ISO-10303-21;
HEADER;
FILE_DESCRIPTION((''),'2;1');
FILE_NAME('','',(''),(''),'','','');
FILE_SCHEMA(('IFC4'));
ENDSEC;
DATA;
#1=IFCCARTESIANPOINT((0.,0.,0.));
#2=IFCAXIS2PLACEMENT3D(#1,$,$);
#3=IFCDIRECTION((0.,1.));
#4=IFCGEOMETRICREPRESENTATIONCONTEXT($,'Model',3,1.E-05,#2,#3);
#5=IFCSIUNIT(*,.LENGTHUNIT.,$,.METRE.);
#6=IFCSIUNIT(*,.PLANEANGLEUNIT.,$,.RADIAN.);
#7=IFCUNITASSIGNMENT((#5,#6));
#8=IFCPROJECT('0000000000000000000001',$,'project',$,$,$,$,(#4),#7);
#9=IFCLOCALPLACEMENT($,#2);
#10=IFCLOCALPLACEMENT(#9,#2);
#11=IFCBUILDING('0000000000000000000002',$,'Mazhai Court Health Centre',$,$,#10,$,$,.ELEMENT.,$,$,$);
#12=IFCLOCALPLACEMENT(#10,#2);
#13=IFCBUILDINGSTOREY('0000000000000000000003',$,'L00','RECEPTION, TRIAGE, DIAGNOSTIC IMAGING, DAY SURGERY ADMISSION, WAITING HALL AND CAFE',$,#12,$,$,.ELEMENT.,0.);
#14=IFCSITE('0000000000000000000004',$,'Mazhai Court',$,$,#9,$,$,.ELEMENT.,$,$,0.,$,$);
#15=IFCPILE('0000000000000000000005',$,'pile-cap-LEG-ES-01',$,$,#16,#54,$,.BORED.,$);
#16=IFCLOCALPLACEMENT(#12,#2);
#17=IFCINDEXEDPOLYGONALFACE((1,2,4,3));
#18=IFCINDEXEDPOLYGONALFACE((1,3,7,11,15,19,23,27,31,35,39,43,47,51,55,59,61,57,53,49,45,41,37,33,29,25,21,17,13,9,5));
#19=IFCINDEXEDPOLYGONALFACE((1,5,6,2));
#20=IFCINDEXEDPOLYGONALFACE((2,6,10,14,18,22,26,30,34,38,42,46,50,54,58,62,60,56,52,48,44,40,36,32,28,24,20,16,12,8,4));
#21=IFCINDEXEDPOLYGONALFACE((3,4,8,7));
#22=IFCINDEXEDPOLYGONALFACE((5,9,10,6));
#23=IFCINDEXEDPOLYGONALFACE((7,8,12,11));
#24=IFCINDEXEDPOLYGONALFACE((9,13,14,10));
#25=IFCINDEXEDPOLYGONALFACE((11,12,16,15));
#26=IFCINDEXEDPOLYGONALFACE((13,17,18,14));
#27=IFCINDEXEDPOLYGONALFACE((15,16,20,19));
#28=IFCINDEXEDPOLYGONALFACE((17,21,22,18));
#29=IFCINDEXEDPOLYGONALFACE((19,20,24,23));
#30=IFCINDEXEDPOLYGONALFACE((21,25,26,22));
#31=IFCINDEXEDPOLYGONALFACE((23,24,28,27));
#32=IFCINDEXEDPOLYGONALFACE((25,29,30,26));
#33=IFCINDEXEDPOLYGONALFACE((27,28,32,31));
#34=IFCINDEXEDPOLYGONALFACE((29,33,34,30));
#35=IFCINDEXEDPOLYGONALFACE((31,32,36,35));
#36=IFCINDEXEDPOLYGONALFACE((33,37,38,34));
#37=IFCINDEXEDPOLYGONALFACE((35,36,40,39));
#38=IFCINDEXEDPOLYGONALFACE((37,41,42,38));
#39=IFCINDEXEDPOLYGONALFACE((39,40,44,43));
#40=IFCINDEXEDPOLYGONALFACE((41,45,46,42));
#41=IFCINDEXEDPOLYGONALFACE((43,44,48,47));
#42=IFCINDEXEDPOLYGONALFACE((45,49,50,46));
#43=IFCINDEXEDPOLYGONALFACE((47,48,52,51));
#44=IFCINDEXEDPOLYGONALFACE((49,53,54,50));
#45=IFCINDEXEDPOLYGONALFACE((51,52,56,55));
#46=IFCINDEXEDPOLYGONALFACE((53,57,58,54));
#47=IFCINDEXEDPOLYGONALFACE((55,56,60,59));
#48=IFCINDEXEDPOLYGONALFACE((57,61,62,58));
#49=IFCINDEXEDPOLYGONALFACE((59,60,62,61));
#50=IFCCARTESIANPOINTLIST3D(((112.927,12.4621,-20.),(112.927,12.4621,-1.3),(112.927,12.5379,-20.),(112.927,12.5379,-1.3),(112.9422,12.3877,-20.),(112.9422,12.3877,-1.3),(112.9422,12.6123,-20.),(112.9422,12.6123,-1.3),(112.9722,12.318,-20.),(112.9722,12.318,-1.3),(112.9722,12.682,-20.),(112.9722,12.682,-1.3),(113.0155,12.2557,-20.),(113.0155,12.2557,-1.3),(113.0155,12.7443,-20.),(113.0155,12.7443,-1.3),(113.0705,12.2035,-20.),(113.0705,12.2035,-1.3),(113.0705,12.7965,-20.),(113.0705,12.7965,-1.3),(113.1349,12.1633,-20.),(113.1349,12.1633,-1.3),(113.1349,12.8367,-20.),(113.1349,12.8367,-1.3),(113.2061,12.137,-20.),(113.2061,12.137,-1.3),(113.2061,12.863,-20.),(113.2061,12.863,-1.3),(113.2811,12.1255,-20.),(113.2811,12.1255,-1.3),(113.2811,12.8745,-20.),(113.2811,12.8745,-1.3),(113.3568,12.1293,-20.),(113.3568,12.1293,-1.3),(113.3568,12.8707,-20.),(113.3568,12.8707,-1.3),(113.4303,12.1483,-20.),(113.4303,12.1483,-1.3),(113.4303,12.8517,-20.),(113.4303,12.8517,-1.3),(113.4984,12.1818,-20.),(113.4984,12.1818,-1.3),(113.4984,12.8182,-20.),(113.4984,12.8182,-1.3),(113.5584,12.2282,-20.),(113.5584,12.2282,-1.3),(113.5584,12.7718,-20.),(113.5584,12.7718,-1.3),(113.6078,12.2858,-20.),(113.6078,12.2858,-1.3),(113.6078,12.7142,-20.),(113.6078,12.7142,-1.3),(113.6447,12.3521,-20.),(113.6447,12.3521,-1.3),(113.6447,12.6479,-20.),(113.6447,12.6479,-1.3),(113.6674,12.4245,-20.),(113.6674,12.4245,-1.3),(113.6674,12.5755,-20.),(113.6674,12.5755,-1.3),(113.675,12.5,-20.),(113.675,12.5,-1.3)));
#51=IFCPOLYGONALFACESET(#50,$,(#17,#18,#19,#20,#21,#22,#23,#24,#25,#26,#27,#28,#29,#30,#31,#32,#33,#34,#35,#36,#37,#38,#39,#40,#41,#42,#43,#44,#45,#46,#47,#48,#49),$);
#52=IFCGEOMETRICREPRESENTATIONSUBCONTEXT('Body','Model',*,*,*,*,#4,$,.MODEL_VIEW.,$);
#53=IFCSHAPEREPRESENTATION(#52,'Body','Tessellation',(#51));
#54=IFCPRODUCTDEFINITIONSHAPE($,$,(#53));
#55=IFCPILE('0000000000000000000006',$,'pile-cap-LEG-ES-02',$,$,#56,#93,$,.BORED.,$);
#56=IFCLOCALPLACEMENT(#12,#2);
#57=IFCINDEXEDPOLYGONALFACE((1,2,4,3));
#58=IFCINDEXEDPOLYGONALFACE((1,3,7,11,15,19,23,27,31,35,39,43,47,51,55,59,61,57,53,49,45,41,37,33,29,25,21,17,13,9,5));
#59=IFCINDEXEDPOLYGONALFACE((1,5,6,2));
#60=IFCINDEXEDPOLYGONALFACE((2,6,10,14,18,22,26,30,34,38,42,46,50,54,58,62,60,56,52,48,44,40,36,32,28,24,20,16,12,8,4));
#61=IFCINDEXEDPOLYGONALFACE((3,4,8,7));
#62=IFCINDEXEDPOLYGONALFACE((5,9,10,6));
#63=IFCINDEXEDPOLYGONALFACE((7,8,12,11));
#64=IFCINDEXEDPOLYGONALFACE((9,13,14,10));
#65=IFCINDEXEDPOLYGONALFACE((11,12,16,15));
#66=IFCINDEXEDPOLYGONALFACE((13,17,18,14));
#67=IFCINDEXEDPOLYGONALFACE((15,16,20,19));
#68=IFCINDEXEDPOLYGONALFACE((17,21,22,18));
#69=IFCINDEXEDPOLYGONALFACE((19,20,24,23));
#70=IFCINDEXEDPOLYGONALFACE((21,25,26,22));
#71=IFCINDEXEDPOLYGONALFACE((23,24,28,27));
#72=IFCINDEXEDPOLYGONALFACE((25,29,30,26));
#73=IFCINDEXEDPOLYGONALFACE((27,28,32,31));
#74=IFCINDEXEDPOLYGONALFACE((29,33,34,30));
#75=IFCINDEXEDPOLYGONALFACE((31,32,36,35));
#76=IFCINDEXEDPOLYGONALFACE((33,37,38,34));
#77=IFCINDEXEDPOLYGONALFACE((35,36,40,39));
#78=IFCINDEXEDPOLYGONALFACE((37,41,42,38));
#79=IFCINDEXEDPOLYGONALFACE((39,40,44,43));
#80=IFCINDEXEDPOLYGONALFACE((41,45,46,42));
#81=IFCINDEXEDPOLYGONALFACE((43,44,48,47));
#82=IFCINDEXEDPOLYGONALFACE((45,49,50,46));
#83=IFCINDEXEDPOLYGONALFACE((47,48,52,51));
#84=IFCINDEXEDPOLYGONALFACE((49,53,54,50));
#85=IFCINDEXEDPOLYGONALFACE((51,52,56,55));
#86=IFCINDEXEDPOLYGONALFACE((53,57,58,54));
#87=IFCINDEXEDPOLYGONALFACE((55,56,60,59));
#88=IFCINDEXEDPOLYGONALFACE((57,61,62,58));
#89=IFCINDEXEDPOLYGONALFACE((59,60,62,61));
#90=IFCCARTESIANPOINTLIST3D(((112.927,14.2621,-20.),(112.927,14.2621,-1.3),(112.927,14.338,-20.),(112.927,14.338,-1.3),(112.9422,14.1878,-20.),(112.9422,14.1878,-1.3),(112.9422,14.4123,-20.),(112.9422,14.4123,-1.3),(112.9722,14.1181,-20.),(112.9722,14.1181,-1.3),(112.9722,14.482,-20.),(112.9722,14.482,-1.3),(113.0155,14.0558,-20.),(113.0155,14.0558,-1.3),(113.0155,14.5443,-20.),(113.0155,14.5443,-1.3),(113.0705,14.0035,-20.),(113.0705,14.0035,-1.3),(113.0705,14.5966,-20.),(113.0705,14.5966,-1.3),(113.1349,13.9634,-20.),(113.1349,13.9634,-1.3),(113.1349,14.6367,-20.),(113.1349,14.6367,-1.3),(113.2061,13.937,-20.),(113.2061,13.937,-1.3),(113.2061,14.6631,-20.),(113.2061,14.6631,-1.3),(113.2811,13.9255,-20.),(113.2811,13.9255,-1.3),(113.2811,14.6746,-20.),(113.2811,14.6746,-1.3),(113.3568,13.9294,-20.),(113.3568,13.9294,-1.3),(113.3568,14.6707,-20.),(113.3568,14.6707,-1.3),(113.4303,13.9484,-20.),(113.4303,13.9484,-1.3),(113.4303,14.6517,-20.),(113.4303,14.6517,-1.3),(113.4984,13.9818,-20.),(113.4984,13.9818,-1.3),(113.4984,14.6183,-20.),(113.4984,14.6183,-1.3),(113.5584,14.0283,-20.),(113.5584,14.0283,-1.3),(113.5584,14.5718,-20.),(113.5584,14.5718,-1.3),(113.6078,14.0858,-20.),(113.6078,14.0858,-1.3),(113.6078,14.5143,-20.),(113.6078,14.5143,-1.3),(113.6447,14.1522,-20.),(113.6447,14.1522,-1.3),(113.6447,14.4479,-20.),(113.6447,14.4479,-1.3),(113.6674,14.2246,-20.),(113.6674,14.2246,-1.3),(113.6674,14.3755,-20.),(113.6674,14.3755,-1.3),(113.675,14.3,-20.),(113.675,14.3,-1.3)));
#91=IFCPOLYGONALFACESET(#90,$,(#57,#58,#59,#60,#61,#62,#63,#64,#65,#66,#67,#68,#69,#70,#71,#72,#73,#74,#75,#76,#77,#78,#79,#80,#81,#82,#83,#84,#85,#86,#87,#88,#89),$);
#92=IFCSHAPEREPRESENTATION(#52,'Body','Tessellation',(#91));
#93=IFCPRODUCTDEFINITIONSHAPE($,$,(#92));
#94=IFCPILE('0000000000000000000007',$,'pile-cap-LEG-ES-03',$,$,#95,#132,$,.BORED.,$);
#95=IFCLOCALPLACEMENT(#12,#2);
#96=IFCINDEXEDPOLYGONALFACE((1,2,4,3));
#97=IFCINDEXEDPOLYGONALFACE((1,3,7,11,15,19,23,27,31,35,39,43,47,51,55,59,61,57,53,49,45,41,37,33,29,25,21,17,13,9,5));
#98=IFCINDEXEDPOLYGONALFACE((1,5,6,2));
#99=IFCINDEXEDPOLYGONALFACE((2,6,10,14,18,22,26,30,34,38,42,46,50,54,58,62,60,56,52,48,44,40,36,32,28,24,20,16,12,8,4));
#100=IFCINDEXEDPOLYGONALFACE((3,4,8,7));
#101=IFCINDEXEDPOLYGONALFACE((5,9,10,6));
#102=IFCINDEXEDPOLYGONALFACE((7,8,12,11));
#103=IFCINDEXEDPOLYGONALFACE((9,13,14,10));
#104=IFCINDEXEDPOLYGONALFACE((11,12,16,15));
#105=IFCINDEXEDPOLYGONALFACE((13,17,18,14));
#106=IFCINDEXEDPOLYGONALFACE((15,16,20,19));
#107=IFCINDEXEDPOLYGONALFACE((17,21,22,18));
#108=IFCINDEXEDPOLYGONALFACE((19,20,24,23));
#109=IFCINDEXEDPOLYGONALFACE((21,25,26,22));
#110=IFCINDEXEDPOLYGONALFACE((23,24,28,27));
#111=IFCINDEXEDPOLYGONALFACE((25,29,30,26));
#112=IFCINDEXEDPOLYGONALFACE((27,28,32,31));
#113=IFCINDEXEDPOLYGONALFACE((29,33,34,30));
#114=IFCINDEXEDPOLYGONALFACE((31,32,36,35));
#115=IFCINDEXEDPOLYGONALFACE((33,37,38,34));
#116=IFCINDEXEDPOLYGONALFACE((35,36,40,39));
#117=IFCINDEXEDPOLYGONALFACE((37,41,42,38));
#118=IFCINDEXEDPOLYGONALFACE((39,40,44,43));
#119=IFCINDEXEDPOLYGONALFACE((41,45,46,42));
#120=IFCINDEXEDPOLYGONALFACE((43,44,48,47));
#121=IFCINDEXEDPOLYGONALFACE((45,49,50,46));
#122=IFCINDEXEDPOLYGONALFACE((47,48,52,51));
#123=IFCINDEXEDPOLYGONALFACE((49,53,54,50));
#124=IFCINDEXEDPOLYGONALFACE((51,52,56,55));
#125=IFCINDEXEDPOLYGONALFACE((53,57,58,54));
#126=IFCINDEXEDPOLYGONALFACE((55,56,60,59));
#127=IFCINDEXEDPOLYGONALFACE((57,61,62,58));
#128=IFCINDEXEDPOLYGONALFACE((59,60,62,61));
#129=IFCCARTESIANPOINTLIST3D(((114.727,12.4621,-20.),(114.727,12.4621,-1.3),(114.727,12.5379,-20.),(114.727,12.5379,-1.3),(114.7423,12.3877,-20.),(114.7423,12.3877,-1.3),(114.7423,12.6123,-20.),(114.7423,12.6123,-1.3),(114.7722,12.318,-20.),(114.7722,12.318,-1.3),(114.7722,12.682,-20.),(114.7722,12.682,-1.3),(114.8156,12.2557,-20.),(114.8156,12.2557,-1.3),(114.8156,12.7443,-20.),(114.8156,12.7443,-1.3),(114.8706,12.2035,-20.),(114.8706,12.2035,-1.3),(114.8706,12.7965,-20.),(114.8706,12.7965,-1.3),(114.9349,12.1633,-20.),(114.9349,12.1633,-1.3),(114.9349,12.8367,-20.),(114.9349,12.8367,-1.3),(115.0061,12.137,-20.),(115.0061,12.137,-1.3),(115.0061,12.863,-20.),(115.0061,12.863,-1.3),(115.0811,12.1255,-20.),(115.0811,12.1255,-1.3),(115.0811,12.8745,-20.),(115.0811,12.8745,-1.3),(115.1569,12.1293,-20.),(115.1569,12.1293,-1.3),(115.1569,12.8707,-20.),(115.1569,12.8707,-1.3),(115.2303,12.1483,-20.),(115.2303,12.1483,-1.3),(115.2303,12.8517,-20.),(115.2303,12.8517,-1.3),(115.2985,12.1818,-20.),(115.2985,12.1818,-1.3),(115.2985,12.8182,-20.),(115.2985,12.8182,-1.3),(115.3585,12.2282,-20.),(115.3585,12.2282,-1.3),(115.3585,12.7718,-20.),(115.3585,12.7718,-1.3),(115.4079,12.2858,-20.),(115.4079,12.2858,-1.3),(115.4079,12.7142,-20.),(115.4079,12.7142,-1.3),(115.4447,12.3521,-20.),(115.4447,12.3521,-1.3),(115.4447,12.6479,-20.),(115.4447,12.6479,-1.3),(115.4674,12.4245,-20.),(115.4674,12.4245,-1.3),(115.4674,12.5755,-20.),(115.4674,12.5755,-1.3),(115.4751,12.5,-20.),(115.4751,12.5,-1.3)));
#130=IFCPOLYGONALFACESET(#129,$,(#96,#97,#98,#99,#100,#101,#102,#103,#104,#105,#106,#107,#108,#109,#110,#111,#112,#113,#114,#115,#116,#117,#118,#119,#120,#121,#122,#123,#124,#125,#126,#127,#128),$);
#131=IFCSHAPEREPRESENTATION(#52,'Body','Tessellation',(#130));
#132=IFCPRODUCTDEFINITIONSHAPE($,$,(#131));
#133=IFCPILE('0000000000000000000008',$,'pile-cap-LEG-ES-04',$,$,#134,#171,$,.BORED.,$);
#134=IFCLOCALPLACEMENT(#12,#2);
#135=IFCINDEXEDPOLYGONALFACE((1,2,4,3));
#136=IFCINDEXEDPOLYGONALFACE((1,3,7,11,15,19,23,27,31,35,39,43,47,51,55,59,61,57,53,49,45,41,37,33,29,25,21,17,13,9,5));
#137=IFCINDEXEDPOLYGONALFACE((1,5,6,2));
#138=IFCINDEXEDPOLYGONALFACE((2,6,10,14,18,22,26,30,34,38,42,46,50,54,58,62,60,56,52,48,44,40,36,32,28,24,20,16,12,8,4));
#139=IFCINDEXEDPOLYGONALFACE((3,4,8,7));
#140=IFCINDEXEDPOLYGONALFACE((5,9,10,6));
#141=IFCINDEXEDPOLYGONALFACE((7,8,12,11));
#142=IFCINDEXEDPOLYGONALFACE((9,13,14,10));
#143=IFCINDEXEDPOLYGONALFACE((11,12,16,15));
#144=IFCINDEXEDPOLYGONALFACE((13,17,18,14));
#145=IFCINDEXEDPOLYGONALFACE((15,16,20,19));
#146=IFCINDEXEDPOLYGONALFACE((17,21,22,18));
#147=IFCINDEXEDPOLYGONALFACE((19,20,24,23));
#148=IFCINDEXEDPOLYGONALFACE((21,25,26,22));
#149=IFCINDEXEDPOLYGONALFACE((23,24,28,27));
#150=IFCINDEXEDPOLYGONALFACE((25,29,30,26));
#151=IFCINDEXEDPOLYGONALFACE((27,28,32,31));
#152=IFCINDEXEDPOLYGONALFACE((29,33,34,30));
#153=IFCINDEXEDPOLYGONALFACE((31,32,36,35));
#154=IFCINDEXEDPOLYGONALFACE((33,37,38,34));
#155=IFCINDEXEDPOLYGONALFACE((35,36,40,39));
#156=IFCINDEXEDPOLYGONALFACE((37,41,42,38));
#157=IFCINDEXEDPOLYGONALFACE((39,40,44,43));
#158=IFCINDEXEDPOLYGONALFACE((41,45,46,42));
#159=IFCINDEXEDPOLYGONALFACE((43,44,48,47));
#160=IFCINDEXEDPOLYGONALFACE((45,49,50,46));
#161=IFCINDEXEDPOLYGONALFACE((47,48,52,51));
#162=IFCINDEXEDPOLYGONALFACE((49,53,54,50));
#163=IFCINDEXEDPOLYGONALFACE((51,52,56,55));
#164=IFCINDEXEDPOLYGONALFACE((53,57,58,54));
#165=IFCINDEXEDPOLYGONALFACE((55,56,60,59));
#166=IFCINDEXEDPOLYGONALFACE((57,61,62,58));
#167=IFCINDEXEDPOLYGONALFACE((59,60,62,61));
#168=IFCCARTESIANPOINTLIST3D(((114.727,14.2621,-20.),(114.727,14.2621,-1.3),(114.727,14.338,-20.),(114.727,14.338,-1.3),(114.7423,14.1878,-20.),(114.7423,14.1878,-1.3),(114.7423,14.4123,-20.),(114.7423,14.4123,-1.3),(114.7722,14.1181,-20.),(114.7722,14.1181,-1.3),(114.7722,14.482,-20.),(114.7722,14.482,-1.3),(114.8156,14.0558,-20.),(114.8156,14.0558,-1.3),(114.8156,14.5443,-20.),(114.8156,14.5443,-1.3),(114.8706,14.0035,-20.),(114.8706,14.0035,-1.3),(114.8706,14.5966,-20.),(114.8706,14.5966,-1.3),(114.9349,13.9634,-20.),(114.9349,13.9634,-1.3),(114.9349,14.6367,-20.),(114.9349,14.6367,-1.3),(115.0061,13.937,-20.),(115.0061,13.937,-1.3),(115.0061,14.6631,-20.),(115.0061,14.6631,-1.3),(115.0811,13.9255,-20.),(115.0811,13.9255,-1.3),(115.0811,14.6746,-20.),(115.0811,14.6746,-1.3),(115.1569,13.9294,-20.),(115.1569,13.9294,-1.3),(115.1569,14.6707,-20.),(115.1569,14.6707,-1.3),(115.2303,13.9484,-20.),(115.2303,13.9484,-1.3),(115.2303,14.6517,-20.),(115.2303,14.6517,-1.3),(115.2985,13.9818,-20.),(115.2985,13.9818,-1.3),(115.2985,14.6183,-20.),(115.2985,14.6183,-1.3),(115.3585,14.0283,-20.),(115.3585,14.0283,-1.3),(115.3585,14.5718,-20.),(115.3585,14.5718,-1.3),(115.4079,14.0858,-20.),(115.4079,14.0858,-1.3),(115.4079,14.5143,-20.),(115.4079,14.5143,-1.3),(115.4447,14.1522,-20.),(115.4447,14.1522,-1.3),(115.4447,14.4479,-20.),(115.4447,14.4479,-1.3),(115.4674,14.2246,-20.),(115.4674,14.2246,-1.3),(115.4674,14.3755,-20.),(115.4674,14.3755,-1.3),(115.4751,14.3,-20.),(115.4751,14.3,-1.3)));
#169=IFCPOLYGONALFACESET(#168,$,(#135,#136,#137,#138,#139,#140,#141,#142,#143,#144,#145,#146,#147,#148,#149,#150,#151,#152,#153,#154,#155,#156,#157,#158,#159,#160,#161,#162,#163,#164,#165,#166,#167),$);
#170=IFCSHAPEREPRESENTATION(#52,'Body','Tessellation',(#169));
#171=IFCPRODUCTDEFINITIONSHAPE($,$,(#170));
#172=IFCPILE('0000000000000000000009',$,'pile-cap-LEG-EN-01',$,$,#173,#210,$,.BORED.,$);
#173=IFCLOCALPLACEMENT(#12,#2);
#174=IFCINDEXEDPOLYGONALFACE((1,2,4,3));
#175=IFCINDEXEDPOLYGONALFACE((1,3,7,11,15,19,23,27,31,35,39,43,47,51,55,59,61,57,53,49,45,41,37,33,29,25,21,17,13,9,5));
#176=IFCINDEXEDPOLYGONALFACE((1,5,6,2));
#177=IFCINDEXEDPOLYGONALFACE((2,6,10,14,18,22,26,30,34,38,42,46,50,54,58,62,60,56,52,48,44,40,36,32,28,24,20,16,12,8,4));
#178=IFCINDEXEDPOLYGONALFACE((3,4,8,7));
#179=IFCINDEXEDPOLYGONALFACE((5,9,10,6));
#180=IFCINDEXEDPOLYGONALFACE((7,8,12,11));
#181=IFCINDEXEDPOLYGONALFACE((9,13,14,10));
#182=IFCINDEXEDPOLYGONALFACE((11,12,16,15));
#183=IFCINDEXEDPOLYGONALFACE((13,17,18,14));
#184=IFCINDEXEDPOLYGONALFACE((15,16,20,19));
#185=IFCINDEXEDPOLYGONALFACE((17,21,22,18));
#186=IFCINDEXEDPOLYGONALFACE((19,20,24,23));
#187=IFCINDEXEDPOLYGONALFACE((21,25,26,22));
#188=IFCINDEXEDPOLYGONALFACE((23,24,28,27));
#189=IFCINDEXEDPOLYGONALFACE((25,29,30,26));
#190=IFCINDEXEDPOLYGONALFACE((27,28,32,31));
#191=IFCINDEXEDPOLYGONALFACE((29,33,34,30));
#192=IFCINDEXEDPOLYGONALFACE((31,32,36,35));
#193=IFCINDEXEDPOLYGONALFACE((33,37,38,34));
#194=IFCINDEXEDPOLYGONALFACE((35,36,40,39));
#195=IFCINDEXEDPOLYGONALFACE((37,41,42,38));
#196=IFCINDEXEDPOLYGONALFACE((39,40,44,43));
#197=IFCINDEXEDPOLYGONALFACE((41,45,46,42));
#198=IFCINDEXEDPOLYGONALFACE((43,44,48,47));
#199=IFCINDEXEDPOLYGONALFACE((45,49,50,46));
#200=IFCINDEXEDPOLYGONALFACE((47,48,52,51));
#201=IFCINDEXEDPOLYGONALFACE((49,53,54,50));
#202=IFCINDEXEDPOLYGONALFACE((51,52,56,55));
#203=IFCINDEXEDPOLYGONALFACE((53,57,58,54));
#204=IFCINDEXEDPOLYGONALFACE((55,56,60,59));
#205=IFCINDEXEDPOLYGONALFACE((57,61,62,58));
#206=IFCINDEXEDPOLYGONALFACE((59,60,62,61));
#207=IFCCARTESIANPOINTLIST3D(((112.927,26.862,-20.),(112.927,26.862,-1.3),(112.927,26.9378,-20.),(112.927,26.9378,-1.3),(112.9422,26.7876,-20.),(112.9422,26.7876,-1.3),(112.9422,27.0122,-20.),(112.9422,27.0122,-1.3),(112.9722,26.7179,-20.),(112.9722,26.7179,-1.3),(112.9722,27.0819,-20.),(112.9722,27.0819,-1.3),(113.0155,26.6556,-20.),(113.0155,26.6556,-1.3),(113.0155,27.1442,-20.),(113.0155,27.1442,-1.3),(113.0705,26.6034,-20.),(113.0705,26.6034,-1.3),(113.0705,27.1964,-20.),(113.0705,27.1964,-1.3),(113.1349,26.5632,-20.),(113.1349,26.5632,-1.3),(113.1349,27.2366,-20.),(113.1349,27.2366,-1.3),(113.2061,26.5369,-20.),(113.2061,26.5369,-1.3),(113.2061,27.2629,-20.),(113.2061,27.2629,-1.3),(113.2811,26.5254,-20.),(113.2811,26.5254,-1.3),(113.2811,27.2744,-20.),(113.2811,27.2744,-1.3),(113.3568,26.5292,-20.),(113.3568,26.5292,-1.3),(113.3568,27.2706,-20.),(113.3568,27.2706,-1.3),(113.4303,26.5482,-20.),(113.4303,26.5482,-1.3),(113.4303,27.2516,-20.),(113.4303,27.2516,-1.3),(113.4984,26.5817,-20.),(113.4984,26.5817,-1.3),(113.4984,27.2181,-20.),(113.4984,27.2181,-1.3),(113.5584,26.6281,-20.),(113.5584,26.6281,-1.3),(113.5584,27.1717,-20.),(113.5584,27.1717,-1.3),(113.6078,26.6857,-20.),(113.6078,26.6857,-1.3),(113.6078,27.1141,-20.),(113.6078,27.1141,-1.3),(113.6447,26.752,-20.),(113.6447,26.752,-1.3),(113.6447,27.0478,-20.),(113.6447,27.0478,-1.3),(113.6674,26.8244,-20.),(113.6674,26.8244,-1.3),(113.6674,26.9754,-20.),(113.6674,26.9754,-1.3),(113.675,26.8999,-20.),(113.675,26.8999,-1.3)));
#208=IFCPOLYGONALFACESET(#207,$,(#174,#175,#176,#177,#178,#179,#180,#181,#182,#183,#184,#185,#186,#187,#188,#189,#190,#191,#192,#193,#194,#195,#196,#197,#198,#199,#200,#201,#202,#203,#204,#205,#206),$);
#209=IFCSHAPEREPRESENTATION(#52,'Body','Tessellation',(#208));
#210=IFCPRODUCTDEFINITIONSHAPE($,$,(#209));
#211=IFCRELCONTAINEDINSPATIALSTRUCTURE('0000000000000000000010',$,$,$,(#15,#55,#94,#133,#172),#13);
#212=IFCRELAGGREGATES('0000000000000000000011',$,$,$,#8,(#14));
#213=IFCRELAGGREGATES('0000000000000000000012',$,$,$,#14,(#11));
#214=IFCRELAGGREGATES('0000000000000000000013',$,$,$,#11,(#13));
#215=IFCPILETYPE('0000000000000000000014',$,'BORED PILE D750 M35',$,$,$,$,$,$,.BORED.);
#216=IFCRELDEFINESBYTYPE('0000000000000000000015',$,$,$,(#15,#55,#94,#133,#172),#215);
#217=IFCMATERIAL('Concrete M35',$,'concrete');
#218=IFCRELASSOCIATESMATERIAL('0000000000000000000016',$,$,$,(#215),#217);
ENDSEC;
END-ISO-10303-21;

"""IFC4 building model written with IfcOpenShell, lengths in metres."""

from ifc_helpers import new_model, si_unit, direction, frame, origin, origin_2d, place, context, subcontext, project, spatial, circle, extrude, material, material_profile, profile_set, type_object, element, save


model = new_model("IFC4")

# Units and contexts
model_context = context("Model", 3, precision=1e-05, world=origin(), true_north=direction((0.0, 1.0)))
body_context = subcontext(model_context, "Body", "Model", "MODEL_VIEW")
ifc_project = project(units=[si_unit("LENGTHUNIT", "METRE"), si_unit("PLANEANGLEUNIT", "RADIAN")], contexts=[model_context])

# Site, building, storey
site_placement = place(None, origin())
site = spatial("IfcSite", under=ifc_project, at=site_placement, Name="Mazhai Court", CompositionType="ELEMENT", RefElevation=0.0)
building_placement = place(site_placement, origin())
building = spatial("IfcBuilding", under=site, at=building_placement, Name="Mazhai Court Health Centre", CompositionType="ELEMENT")
storey_placement = place(building_placement, origin())
storey = spatial("IfcBuildingStorey", under=building, at=storey_placement, Name="L00", Description="RECEPTION, TRIAGE, DIAGNOSTIC IMAGING, DAY SURGERY ADMISSION, WAITING HALL AND CAFE", CompositionType="ELEMENT", Elevation=0.0)

# Piles
ifc_material_1 = material(Name="Concrete M35", Category="concrete")
ifc_material_profile_1 = material_profile(ifc_material_1, circle(Radius=0.375, at=origin_2d()), Name="RC PILE D750")
ifc_profile_set_1 = profile_set([ifc_material_profile_1], Name="Concrete M35")
pile_type = type_object("IfcPileType", Name="BORED PILE D750 M35", PredefinedType="BORED", material=ifc_profile_set_1)
for number, where, z_axis, x_axis, name in (
    (1, (113.3, 12.5, -1.3), (0.0, 0.0, -1.0), (1.0, 0.0, 0.0), "pile-cap-LEG-ES-01"),
    (2, (113.3, 14.3, -1.3), (0.0, 0.0, -1.0), (1.0, 0.0, 0.0), "pile-cap-LEG-ES-02"),
    (3, (115.1001, 12.5, -1.3), (0.0, 0.0, -1.0), (1.0, 0.0, 0.0), "pile-cap-LEG-ES-03"),
    (4, (115.1001, 14.3, -1.3), (0.0, 0.0, -1.0), (1.0, 0.0, 0.0), "pile-cap-LEG-ES-04"),
    (5, (113.3, 26.8999, -1.3), (0.0, 0.0, -1.0), (1.0, 0.0, 0.0), "pile-cap-LEG-EN-01"),
):
    element("IfcPile", number, at=place(storey_placement, frame(where, z_axis=z_axis, x_axis=x_axis)), inside=storey, type_object=pile_type, Name=name, PredefinedType="BORED", context=body_context, shape_type="SweptSolid", body=[
        extrude(circle(Radius=0.375, at=origin_2d()), origin(), (0.0, 0.0, 1.0), 18.7),
    ])

save(model, "model.ifc")
